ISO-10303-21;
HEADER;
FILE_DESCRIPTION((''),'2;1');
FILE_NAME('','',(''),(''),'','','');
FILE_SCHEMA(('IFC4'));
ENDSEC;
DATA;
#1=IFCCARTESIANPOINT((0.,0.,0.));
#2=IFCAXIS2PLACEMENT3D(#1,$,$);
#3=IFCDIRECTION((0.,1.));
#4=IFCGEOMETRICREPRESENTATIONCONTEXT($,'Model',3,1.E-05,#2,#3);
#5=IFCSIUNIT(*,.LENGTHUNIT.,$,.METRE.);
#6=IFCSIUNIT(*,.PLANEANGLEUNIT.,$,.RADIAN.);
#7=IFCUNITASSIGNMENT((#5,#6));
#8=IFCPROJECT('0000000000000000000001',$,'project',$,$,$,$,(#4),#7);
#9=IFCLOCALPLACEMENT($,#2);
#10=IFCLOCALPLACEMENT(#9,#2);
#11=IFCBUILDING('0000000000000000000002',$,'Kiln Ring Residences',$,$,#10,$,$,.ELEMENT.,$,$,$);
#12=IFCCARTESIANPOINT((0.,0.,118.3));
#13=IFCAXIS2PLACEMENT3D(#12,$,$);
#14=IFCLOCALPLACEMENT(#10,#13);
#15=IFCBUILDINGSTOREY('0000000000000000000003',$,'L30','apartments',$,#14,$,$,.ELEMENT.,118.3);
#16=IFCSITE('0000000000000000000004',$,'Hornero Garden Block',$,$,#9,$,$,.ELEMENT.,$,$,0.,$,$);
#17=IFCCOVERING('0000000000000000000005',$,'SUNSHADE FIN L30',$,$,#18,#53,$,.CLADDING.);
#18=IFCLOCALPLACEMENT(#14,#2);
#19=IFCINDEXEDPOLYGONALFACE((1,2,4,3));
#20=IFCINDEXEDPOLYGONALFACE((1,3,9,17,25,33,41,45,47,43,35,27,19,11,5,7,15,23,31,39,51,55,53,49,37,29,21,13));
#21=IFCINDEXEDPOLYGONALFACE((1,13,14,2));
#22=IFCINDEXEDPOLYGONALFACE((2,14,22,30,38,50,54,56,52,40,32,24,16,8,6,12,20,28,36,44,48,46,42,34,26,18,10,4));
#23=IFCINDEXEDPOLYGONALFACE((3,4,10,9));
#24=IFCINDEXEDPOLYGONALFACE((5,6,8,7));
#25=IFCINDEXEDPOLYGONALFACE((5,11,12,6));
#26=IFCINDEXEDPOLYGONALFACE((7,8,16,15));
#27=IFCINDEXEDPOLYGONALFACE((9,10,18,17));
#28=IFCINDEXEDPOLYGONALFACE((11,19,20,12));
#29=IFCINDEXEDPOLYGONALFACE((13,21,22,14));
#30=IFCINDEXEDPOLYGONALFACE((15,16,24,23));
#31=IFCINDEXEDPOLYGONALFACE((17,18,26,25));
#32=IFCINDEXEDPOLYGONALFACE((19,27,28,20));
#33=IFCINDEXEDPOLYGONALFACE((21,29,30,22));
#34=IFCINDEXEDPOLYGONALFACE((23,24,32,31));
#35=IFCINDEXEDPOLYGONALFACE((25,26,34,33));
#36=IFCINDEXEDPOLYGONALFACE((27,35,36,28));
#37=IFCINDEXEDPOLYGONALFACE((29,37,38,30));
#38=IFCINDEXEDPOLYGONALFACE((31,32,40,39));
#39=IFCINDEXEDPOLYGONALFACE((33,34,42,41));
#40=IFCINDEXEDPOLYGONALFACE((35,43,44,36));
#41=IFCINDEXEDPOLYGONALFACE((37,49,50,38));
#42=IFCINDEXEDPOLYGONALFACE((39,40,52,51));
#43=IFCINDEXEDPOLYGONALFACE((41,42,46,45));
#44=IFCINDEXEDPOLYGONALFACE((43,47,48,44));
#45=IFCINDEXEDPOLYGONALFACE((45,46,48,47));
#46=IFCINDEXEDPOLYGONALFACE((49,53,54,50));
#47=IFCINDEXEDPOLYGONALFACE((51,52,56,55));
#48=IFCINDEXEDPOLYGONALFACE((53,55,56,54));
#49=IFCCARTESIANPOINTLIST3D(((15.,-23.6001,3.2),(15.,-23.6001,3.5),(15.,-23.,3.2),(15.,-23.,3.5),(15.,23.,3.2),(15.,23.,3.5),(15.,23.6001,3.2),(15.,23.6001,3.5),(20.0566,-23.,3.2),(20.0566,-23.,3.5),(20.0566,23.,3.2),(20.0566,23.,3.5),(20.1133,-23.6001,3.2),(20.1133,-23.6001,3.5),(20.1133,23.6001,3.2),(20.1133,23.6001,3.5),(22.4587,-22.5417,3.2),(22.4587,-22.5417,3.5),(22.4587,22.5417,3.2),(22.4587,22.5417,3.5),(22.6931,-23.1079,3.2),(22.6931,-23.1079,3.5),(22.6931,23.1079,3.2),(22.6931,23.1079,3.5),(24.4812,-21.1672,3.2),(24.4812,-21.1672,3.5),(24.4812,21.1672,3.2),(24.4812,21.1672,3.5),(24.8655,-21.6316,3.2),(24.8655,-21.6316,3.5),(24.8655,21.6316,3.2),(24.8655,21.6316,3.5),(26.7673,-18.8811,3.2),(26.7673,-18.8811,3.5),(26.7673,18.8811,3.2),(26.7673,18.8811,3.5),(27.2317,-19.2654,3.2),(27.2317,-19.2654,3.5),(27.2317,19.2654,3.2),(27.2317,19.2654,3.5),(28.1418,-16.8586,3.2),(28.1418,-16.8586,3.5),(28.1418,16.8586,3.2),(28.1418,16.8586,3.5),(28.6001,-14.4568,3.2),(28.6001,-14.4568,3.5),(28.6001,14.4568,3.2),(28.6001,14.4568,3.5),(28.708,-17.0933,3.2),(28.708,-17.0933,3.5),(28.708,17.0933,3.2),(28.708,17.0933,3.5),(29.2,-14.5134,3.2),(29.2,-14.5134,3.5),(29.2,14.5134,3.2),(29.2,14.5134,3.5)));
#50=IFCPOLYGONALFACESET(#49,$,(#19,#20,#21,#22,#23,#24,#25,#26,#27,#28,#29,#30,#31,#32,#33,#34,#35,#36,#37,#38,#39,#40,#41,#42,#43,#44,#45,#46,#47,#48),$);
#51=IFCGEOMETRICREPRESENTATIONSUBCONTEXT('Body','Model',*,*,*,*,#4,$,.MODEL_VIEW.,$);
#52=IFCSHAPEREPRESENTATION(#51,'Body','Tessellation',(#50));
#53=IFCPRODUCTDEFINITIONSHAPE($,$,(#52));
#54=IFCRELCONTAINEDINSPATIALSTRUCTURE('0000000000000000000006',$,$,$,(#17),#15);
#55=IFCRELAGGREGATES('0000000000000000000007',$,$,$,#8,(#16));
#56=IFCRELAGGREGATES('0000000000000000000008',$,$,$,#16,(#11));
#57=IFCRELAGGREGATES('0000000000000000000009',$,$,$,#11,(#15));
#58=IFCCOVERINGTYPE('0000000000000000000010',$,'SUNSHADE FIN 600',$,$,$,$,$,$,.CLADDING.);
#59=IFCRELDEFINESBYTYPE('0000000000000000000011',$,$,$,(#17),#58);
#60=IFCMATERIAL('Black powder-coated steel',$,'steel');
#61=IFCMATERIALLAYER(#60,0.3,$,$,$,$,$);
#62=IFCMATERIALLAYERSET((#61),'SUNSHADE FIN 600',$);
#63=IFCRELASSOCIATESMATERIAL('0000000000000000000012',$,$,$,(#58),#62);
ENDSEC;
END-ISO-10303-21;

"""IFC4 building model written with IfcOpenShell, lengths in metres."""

from ifc_helpers import new_model, si_unit, direction, frame, origin, place, context, subcontext, project, spatial, polyline, outline, extrude, material, layer, layer_set, type_object, element, save


model = new_model("IFC4")

# Units and contexts
model_context = context("Model", 3, precision=1e-05, world=origin(), true_north=direction((0.0, 1.0)))
body_context = subcontext(model_context, "Body", "Model", "MODEL_VIEW")
ifc_project = project(units=[si_unit("LENGTHUNIT", "METRE"), si_unit("PLANEANGLEUNIT", "RADIAN")], contexts=[model_context])

# Site, building, storey
site_placement = place(None, origin())
site = spatial("IfcSite", under=ifc_project, at=site_placement, Name="Hornero Garden Block", CompositionType="ELEMENT", RefElevation=0.0)
building_placement = place(site_placement, origin())
building = spatial("IfcBuilding", under=site, at=building_placement, Name="Kiln Ring Residences", CompositionType="ELEMENT")
storey_placement = place(building_placement, frame((0.0, 0.0, 118.3)))
storey = spatial("IfcBuildingStorey", under=building, at=storey_placement, Name="L30", Description="apartments", CompositionType="ELEMENT", Elevation=118.3)

# Covering
placement = place(storey_placement, frame((0.0, 0.0, 3.2)))
ifc_material_1 = material(Name="Black powder-coated steel", Category="steel")
ifc_layer_1 = layer(ifc_material_1, 0.3)
ifc_layer_set_1 = layer_set([ifc_layer_1], Name="SUNSHADE FIN 600")
covering_type_1 = type_object("IfcCoveringType", Name="SUNSHADE FIN 600", PredefinedType="CLADDING", material=ifc_layer_set_1)
element("IfcCovering", 1, at=placement, inside=storey, type_object=covering_type_1, Name="SUNSHADE FIN L30", PredefinedType="CLADDING", context=body_context, shape_type="SweptSolid", body=[
    extrude(outline(polyline([(20.1133, 23.6001), (15.0, 23.6001), (15.0, 23.0), (20.0566, 23.0), (22.4587, 22.5417), (24.4812, 21.1672), (26.7673, 18.8811), (28.1418, 16.8586), (28.6001, 14.4568), (28.6001, -14.4568), (28.1418, -16.8586), (26.7673, -18.8811), (24.4812, -21.1672), (22.4587, -22.5417), (20.0566, -23.0), (15.0, -23.0), (15.0, -23.6001), (20.1133, -23.6001), (22.6931, -23.1079), (24.8655, -21.6316), (27.2317, -19.2654), (28.708, -17.0933), (29.2, -14.5134), (29.2, 14.5134), (28.708, 17.0933), (27.2317, 19.2654), (24.8655, 21.6316), (22.6931, 23.1079), (20.1133, 23.6001)])), origin(), (0.0, 0.0, 1.0), 0.3),
])

save(model, "model.ifc")
